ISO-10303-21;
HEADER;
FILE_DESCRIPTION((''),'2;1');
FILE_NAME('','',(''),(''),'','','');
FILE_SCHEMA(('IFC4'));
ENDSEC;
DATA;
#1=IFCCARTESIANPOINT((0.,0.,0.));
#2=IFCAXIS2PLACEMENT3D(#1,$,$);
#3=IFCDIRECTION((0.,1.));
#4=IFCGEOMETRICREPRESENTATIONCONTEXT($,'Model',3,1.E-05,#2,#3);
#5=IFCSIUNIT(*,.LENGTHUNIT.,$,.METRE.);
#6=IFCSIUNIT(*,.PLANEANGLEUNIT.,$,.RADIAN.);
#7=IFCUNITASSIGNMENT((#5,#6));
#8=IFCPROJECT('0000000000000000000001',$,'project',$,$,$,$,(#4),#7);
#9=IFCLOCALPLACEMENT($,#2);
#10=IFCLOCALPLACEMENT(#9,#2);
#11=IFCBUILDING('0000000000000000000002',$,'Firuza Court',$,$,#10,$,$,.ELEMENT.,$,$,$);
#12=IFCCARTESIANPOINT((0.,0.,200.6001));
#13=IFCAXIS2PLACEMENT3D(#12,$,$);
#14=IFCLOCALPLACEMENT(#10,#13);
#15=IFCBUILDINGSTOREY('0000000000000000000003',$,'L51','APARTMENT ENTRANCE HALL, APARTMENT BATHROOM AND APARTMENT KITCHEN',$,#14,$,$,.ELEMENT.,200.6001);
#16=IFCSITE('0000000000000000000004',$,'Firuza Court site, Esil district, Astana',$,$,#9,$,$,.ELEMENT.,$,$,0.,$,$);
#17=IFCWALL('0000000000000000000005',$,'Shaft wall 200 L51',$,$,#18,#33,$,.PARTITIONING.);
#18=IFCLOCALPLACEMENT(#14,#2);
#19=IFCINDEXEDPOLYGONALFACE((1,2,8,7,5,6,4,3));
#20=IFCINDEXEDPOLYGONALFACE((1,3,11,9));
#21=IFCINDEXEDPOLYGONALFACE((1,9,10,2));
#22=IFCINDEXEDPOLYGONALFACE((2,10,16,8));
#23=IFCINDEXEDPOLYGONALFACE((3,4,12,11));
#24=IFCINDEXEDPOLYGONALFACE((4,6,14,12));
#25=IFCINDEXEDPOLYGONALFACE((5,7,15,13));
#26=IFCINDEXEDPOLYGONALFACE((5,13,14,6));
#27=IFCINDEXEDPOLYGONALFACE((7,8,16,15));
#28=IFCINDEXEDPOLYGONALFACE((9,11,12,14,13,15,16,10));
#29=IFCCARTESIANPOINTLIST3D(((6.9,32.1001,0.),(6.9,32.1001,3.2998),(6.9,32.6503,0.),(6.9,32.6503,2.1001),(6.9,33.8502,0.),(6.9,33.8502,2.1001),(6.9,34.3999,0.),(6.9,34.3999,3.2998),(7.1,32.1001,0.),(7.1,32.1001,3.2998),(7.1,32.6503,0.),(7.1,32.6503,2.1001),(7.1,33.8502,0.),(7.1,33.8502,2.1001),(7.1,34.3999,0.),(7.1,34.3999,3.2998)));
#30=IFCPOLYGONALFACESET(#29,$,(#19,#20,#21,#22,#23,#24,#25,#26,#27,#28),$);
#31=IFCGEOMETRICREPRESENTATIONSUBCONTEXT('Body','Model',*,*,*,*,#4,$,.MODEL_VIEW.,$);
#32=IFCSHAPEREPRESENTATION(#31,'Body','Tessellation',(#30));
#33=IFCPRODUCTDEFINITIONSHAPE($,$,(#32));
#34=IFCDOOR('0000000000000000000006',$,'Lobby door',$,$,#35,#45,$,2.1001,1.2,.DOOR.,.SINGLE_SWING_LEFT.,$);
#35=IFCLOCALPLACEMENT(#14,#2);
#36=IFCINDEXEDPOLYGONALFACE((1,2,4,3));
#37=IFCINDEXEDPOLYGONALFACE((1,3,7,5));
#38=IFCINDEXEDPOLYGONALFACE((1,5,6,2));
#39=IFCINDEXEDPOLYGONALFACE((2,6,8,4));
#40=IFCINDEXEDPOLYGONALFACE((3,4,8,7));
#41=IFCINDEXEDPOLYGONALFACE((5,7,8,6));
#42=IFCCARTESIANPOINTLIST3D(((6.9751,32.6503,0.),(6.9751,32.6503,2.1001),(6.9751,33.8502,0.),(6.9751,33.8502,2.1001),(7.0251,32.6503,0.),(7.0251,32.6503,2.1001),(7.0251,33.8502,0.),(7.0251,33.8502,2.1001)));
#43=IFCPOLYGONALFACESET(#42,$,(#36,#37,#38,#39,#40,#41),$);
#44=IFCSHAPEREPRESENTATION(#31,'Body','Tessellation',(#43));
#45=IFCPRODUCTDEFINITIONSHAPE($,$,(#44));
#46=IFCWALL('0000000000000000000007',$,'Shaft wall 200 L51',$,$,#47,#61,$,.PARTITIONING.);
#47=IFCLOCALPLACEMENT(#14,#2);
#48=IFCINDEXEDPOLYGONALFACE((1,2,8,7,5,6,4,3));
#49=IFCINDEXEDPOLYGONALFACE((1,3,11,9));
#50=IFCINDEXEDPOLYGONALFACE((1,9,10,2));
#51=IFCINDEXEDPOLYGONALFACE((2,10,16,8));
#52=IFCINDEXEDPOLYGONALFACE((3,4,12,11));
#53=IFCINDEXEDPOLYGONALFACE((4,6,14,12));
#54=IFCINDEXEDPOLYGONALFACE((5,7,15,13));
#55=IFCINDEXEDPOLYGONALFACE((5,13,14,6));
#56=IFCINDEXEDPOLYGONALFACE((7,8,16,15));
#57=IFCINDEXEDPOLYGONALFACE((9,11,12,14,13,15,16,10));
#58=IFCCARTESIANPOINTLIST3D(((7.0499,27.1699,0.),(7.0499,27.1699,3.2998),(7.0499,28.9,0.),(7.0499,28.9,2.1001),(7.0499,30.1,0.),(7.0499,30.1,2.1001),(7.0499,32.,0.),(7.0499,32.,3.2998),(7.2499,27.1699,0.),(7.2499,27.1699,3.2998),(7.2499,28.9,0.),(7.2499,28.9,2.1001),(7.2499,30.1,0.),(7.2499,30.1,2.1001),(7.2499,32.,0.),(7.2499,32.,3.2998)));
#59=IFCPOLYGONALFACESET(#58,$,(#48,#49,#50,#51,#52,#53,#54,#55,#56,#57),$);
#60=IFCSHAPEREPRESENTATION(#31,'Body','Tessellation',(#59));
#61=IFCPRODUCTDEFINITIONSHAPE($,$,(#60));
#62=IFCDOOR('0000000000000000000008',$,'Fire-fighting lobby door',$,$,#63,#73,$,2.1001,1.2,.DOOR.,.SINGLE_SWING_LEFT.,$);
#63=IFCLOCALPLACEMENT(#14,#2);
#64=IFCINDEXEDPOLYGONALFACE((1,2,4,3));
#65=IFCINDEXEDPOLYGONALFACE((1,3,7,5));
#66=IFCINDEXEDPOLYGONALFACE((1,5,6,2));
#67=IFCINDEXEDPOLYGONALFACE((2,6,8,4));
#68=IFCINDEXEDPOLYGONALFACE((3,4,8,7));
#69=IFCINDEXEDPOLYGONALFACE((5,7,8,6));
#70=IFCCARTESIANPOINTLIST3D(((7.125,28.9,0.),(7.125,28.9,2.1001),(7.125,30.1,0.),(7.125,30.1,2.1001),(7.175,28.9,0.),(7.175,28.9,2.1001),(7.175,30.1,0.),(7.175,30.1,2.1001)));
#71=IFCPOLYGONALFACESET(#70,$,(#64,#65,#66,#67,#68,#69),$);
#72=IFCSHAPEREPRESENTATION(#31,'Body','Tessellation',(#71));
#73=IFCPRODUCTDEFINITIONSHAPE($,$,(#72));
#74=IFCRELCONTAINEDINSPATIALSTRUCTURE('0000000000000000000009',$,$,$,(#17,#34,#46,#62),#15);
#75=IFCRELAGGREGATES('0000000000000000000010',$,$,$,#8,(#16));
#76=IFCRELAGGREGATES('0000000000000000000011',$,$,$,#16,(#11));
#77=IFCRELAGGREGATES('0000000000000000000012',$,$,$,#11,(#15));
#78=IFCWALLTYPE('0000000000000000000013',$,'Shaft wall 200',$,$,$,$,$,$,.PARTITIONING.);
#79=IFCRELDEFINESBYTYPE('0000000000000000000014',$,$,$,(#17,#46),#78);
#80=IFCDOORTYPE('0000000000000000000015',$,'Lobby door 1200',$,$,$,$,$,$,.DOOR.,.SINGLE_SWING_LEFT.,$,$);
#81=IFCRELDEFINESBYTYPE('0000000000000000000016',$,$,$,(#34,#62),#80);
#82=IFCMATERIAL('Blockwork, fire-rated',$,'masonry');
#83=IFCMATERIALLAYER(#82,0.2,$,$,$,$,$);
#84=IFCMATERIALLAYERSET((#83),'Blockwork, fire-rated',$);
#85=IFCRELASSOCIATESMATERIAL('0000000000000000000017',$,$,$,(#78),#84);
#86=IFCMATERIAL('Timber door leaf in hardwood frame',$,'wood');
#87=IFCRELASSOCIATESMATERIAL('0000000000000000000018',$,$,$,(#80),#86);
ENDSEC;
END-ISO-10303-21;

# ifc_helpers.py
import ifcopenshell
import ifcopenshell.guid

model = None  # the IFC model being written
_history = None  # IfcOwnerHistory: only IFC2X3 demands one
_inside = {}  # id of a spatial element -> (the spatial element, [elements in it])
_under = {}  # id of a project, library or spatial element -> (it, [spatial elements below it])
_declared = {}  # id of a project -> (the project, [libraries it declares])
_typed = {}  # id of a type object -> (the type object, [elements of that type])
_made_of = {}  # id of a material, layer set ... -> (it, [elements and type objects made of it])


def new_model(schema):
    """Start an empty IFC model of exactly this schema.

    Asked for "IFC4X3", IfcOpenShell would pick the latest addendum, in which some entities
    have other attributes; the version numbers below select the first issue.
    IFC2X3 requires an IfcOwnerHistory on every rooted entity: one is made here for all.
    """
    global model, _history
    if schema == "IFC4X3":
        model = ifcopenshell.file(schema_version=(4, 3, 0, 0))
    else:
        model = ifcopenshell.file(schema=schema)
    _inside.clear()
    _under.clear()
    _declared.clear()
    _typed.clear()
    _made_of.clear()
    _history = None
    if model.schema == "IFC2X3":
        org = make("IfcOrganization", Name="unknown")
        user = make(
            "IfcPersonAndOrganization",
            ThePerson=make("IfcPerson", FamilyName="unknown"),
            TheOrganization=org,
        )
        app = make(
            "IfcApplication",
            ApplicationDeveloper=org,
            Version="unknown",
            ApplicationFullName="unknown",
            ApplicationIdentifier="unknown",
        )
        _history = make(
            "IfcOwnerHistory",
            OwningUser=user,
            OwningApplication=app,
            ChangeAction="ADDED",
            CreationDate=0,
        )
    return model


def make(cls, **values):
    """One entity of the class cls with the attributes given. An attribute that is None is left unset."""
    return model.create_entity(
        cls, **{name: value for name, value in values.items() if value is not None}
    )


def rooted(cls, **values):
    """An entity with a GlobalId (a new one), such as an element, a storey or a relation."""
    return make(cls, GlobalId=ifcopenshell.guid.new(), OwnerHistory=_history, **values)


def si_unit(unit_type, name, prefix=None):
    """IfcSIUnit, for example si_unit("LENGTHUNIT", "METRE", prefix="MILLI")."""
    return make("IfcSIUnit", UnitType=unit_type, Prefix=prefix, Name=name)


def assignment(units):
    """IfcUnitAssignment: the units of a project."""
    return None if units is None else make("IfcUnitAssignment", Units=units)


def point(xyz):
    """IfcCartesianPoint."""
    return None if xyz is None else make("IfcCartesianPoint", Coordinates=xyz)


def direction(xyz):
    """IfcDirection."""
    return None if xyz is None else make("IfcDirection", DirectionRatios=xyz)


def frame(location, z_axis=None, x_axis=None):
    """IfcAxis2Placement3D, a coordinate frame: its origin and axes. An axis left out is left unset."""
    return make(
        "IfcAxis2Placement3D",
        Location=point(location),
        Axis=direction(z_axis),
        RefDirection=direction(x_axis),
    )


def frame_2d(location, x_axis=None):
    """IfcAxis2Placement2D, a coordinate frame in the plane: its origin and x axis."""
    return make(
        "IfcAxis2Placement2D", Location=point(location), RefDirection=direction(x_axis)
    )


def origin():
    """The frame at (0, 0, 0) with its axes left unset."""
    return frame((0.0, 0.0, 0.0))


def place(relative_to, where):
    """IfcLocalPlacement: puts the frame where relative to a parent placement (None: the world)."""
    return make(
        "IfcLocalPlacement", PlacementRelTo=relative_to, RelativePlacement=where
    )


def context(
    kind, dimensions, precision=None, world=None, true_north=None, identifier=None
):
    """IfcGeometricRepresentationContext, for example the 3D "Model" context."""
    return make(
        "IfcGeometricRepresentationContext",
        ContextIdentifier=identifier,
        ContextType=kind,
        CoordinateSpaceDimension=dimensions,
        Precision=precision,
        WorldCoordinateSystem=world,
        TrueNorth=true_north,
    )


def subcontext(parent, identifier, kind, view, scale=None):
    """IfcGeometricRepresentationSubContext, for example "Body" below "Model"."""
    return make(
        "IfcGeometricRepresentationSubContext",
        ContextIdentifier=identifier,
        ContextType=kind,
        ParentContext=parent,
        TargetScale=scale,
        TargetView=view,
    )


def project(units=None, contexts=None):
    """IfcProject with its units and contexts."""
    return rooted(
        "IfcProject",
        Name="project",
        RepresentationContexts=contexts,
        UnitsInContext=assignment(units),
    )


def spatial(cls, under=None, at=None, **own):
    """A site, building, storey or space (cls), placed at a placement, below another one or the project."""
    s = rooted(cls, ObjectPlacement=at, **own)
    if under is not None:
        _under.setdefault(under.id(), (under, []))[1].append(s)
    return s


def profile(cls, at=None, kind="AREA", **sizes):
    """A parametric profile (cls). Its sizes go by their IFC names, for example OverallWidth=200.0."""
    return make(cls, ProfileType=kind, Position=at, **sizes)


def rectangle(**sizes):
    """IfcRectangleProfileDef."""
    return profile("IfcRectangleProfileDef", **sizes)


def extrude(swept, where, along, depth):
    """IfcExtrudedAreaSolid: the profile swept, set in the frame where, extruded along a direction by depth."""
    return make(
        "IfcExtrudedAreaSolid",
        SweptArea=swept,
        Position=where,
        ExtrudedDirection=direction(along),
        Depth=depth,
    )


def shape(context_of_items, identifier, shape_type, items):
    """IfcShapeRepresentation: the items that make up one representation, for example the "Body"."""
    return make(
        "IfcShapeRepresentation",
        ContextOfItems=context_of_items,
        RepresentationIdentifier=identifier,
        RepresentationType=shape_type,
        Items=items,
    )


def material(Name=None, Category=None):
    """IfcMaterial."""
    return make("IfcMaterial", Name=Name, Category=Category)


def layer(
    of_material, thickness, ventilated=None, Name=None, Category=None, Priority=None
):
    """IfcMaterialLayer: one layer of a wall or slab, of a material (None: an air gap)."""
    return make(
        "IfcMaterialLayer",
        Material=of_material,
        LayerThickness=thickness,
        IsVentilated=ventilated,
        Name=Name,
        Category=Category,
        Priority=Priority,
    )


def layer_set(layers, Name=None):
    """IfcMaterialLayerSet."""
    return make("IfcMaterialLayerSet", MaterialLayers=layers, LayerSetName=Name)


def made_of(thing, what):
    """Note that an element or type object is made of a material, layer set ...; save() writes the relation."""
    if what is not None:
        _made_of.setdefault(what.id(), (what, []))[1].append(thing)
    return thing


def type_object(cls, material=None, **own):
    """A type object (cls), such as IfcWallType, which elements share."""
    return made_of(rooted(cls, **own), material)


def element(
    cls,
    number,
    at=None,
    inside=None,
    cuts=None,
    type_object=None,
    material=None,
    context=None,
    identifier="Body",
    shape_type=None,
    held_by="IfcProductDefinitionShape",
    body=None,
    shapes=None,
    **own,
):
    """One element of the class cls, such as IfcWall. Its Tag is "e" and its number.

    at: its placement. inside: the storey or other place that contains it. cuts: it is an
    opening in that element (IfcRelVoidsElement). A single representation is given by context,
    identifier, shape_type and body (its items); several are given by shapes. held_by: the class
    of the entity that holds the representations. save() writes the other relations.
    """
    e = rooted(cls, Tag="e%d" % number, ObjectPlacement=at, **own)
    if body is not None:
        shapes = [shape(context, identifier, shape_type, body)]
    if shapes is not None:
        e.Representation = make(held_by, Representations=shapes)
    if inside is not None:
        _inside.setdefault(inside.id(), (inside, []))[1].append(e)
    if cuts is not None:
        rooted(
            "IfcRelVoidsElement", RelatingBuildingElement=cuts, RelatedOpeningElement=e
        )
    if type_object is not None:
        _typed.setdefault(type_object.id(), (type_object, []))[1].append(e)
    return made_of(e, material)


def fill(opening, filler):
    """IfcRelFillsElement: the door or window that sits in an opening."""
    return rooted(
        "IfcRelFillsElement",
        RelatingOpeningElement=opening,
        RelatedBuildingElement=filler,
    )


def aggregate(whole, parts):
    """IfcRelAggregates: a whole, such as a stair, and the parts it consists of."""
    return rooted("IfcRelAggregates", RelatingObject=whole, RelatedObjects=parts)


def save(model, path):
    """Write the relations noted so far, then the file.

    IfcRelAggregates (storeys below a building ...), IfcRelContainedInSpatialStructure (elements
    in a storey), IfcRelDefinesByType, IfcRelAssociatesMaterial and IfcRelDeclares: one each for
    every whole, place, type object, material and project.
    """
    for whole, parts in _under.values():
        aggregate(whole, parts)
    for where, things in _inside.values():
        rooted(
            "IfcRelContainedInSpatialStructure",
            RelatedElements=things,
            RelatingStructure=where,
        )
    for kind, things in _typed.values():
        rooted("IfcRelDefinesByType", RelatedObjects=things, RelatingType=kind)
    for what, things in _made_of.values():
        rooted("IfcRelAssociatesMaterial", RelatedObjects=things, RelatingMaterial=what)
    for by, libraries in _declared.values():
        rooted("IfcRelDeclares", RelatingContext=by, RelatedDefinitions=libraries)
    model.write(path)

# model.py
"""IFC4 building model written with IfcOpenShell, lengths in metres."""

from ifc_helpers import new_model, si_unit, direction, frame, frame_2d, origin, place, context, subcontext, project, spatial, rectangle, extrude, material, layer, layer_set, type_object, element, fill, save


model = new_model("IFC4")

# Units and contexts
model_context = context("Model", 3, precision=1e-05, world=origin(), true_north=direction((0.0, 1.0)))
body_context = subcontext(model_context, "Body", "Model", "MODEL_VIEW")
ifc_project = project(units=[si_unit("LENGTHUNIT", "METRE"), si_unit("PLANEANGLEUNIT", "RADIAN")], contexts=[model_context])

# Site, building, storey
site_placement = place(None, origin())
site = spatial("IfcSite", under=ifc_project, at=site_placement, Name="Firuza Court site, Esil district, Astana", CompositionType="ELEMENT", RefElevation=0.0)
building_placement = place(site_placement, origin())
building = spatial("IfcBuilding", under=site, at=building_placement, Name="Firuza Court", CompositionType="ELEMENT")
storey_placement = place(building_placement, frame((0.0, 0.0, 200.6001)))
storey = spatial("IfcBuildingStorey", under=building, at=storey_placement, Name="L51", Description="APARTMENT ENTRANCE HALL, APARTMENT BATHROOM AND APARTMENT KITCHEN", CompositionType="ELEMENT", Elevation=200.6001)

# Shared definitions
ifc_material_1 = material(Name="Blockwork, fire-rated", Category="masonry")
ifc_layer_1 = layer(ifc_material_1, 0.2)
ifc_layer_set_1 = layer_set([ifc_layer_1], Name="Blockwork, fire-rated")
wall_type_1 = type_object("IfcWallType", Name="Shaft wall 200", PredefinedType="PARTITIONING", material=ifc_layer_set_1)

# Shared definitions
ifc_material_2 = material(Name="Timber door leaf in hardwood frame", Category="wood")
door_type = type_object("IfcDoorType", Name="Lobby door 1200", OperationType="SINGLE_SWING_LEFT", PredefinedType="DOOR", material=ifc_material_2)

# Walls, openings, doors
wall_1_placement = place(storey_placement, frame((7.0, 32.1001, 0.0), z_axis=(0.0, 0.0, 1.0), x_axis=(0.0, 1.0, 0.0)))
wall_1 = element("IfcWall", 1, at=wall_1_placement, inside=storey, type_object=wall_type_1, Name="Shaft wall 200 L51", PredefinedType="PARTITIONING", context=body_context, shape_type="SweptSolid", body=[
    extrude(rectangle(XDim=2.2998, YDim=0.2, at=frame_2d((1.1499, 0.0))), origin(), (0.0, 0.0, 1.0), 3.2998),
])
opening_1_placement = place(wall_1_placement, frame((0.55, 0.0, 0.0)))
opening_1 = element("IfcOpeningElement", 2, at=opening_1_placement, cuts=wall_1, PredefinedType="OPENING", context=body_context, shape_type="SweptSolid", body=[
    extrude(rectangle(XDim=1.2, YDim=2.1001, at=frame_2d((0.6001, 1.05))), frame((0.0, 0.1118, 0.0), z_axis=(0.0, -1.0, 0.0), x_axis=(1.0, 0.0, 0.0)), (0.0, 0.0, 1.0), 0.2239),
])
door_1_placement = place(opening_1_placement, origin())
door_1 = element("IfcDoor", 3, at=door_1_placement, inside=storey, type_object=door_type, Name="Lobby door", OperationType="SINGLE_SWING_LEFT", OverallHeight=2.1001, OverallWidth=1.2, PredefinedType="DOOR", context=body_context, shape_type="SweptSolid", body=[
    extrude(rectangle(XDim=1.2, YDim=2.1001, at=frame_2d((0.6001, 1.05))), frame((0.0, 0.0249, 0.0), z_axis=(0.0, -1.0, 0.0), x_axis=(1.0, 0.0, 0.0)), (0.0, 0.0, 1.0), 0.05),
])
fill(opening_1, door_1)
wall_2_placement = place(storey_placement, frame((7.1499, 27.1699, 0.0), z_axis=(0.0, 0.0, 1.0), x_axis=(0.0, 1.0, 0.0)))
wall_2 = element("IfcWall", 4, at=wall_2_placement, inside=storey, type_object=wall_type_1, Name="Shaft wall 200 L51", PredefinedType="PARTITIONING", context=body_context, shape_type="SweptSolid", body=[
    extrude(rectangle(XDim=4.8301, YDim=0.2, at=frame_2d((2.415, 0.0))), origin(), (0.0, 0.0, 1.0), 3.2998),
])
opening_2_placement = place(wall_2_placement, frame((1.73, 0.0, 0.0)))
opening_2 = element("IfcOpeningElement", 5, at=opening_2_placement, cuts=wall_2, PredefinedType="OPENING", context=body_context, shape_type="SweptSolid", body=[
    extrude(rectangle(XDim=1.2, YDim=2.1001, at=frame_2d((0.6001, 1.05))), frame((0.0, 0.1118, 0.0), z_axis=(0.0, -1.0, 0.0), x_axis=(1.0, 0.0, 0.0)), (0.0, 0.0, 1.0), 0.2239),
])
door_2_placement = place(opening_2_placement, origin())
door_2 = element("IfcDoor", 6, at=door_2_placement, inside=storey, type_object=door_type, Name="Fire-fighting lobby door", OperationType="SINGLE_SWING_LEFT", OverallHeight=2.1001, OverallWidth=1.2, PredefinedType="DOOR", context=body_context, shape_type="SweptSolid", body=[
    extrude(rectangle(XDim=1.2, YDim=2.1001, at=frame_2d((0.6001, 1.05))), frame((0.0, 0.0249, 0.0), z_axis=(0.0, -1.0, 0.0), x_axis=(1.0, 0.0, 0.0)), (0.0, 0.0, 1.0), 0.05),
])
fill(opening_2, door_2)

save(model, "model.ifc")
